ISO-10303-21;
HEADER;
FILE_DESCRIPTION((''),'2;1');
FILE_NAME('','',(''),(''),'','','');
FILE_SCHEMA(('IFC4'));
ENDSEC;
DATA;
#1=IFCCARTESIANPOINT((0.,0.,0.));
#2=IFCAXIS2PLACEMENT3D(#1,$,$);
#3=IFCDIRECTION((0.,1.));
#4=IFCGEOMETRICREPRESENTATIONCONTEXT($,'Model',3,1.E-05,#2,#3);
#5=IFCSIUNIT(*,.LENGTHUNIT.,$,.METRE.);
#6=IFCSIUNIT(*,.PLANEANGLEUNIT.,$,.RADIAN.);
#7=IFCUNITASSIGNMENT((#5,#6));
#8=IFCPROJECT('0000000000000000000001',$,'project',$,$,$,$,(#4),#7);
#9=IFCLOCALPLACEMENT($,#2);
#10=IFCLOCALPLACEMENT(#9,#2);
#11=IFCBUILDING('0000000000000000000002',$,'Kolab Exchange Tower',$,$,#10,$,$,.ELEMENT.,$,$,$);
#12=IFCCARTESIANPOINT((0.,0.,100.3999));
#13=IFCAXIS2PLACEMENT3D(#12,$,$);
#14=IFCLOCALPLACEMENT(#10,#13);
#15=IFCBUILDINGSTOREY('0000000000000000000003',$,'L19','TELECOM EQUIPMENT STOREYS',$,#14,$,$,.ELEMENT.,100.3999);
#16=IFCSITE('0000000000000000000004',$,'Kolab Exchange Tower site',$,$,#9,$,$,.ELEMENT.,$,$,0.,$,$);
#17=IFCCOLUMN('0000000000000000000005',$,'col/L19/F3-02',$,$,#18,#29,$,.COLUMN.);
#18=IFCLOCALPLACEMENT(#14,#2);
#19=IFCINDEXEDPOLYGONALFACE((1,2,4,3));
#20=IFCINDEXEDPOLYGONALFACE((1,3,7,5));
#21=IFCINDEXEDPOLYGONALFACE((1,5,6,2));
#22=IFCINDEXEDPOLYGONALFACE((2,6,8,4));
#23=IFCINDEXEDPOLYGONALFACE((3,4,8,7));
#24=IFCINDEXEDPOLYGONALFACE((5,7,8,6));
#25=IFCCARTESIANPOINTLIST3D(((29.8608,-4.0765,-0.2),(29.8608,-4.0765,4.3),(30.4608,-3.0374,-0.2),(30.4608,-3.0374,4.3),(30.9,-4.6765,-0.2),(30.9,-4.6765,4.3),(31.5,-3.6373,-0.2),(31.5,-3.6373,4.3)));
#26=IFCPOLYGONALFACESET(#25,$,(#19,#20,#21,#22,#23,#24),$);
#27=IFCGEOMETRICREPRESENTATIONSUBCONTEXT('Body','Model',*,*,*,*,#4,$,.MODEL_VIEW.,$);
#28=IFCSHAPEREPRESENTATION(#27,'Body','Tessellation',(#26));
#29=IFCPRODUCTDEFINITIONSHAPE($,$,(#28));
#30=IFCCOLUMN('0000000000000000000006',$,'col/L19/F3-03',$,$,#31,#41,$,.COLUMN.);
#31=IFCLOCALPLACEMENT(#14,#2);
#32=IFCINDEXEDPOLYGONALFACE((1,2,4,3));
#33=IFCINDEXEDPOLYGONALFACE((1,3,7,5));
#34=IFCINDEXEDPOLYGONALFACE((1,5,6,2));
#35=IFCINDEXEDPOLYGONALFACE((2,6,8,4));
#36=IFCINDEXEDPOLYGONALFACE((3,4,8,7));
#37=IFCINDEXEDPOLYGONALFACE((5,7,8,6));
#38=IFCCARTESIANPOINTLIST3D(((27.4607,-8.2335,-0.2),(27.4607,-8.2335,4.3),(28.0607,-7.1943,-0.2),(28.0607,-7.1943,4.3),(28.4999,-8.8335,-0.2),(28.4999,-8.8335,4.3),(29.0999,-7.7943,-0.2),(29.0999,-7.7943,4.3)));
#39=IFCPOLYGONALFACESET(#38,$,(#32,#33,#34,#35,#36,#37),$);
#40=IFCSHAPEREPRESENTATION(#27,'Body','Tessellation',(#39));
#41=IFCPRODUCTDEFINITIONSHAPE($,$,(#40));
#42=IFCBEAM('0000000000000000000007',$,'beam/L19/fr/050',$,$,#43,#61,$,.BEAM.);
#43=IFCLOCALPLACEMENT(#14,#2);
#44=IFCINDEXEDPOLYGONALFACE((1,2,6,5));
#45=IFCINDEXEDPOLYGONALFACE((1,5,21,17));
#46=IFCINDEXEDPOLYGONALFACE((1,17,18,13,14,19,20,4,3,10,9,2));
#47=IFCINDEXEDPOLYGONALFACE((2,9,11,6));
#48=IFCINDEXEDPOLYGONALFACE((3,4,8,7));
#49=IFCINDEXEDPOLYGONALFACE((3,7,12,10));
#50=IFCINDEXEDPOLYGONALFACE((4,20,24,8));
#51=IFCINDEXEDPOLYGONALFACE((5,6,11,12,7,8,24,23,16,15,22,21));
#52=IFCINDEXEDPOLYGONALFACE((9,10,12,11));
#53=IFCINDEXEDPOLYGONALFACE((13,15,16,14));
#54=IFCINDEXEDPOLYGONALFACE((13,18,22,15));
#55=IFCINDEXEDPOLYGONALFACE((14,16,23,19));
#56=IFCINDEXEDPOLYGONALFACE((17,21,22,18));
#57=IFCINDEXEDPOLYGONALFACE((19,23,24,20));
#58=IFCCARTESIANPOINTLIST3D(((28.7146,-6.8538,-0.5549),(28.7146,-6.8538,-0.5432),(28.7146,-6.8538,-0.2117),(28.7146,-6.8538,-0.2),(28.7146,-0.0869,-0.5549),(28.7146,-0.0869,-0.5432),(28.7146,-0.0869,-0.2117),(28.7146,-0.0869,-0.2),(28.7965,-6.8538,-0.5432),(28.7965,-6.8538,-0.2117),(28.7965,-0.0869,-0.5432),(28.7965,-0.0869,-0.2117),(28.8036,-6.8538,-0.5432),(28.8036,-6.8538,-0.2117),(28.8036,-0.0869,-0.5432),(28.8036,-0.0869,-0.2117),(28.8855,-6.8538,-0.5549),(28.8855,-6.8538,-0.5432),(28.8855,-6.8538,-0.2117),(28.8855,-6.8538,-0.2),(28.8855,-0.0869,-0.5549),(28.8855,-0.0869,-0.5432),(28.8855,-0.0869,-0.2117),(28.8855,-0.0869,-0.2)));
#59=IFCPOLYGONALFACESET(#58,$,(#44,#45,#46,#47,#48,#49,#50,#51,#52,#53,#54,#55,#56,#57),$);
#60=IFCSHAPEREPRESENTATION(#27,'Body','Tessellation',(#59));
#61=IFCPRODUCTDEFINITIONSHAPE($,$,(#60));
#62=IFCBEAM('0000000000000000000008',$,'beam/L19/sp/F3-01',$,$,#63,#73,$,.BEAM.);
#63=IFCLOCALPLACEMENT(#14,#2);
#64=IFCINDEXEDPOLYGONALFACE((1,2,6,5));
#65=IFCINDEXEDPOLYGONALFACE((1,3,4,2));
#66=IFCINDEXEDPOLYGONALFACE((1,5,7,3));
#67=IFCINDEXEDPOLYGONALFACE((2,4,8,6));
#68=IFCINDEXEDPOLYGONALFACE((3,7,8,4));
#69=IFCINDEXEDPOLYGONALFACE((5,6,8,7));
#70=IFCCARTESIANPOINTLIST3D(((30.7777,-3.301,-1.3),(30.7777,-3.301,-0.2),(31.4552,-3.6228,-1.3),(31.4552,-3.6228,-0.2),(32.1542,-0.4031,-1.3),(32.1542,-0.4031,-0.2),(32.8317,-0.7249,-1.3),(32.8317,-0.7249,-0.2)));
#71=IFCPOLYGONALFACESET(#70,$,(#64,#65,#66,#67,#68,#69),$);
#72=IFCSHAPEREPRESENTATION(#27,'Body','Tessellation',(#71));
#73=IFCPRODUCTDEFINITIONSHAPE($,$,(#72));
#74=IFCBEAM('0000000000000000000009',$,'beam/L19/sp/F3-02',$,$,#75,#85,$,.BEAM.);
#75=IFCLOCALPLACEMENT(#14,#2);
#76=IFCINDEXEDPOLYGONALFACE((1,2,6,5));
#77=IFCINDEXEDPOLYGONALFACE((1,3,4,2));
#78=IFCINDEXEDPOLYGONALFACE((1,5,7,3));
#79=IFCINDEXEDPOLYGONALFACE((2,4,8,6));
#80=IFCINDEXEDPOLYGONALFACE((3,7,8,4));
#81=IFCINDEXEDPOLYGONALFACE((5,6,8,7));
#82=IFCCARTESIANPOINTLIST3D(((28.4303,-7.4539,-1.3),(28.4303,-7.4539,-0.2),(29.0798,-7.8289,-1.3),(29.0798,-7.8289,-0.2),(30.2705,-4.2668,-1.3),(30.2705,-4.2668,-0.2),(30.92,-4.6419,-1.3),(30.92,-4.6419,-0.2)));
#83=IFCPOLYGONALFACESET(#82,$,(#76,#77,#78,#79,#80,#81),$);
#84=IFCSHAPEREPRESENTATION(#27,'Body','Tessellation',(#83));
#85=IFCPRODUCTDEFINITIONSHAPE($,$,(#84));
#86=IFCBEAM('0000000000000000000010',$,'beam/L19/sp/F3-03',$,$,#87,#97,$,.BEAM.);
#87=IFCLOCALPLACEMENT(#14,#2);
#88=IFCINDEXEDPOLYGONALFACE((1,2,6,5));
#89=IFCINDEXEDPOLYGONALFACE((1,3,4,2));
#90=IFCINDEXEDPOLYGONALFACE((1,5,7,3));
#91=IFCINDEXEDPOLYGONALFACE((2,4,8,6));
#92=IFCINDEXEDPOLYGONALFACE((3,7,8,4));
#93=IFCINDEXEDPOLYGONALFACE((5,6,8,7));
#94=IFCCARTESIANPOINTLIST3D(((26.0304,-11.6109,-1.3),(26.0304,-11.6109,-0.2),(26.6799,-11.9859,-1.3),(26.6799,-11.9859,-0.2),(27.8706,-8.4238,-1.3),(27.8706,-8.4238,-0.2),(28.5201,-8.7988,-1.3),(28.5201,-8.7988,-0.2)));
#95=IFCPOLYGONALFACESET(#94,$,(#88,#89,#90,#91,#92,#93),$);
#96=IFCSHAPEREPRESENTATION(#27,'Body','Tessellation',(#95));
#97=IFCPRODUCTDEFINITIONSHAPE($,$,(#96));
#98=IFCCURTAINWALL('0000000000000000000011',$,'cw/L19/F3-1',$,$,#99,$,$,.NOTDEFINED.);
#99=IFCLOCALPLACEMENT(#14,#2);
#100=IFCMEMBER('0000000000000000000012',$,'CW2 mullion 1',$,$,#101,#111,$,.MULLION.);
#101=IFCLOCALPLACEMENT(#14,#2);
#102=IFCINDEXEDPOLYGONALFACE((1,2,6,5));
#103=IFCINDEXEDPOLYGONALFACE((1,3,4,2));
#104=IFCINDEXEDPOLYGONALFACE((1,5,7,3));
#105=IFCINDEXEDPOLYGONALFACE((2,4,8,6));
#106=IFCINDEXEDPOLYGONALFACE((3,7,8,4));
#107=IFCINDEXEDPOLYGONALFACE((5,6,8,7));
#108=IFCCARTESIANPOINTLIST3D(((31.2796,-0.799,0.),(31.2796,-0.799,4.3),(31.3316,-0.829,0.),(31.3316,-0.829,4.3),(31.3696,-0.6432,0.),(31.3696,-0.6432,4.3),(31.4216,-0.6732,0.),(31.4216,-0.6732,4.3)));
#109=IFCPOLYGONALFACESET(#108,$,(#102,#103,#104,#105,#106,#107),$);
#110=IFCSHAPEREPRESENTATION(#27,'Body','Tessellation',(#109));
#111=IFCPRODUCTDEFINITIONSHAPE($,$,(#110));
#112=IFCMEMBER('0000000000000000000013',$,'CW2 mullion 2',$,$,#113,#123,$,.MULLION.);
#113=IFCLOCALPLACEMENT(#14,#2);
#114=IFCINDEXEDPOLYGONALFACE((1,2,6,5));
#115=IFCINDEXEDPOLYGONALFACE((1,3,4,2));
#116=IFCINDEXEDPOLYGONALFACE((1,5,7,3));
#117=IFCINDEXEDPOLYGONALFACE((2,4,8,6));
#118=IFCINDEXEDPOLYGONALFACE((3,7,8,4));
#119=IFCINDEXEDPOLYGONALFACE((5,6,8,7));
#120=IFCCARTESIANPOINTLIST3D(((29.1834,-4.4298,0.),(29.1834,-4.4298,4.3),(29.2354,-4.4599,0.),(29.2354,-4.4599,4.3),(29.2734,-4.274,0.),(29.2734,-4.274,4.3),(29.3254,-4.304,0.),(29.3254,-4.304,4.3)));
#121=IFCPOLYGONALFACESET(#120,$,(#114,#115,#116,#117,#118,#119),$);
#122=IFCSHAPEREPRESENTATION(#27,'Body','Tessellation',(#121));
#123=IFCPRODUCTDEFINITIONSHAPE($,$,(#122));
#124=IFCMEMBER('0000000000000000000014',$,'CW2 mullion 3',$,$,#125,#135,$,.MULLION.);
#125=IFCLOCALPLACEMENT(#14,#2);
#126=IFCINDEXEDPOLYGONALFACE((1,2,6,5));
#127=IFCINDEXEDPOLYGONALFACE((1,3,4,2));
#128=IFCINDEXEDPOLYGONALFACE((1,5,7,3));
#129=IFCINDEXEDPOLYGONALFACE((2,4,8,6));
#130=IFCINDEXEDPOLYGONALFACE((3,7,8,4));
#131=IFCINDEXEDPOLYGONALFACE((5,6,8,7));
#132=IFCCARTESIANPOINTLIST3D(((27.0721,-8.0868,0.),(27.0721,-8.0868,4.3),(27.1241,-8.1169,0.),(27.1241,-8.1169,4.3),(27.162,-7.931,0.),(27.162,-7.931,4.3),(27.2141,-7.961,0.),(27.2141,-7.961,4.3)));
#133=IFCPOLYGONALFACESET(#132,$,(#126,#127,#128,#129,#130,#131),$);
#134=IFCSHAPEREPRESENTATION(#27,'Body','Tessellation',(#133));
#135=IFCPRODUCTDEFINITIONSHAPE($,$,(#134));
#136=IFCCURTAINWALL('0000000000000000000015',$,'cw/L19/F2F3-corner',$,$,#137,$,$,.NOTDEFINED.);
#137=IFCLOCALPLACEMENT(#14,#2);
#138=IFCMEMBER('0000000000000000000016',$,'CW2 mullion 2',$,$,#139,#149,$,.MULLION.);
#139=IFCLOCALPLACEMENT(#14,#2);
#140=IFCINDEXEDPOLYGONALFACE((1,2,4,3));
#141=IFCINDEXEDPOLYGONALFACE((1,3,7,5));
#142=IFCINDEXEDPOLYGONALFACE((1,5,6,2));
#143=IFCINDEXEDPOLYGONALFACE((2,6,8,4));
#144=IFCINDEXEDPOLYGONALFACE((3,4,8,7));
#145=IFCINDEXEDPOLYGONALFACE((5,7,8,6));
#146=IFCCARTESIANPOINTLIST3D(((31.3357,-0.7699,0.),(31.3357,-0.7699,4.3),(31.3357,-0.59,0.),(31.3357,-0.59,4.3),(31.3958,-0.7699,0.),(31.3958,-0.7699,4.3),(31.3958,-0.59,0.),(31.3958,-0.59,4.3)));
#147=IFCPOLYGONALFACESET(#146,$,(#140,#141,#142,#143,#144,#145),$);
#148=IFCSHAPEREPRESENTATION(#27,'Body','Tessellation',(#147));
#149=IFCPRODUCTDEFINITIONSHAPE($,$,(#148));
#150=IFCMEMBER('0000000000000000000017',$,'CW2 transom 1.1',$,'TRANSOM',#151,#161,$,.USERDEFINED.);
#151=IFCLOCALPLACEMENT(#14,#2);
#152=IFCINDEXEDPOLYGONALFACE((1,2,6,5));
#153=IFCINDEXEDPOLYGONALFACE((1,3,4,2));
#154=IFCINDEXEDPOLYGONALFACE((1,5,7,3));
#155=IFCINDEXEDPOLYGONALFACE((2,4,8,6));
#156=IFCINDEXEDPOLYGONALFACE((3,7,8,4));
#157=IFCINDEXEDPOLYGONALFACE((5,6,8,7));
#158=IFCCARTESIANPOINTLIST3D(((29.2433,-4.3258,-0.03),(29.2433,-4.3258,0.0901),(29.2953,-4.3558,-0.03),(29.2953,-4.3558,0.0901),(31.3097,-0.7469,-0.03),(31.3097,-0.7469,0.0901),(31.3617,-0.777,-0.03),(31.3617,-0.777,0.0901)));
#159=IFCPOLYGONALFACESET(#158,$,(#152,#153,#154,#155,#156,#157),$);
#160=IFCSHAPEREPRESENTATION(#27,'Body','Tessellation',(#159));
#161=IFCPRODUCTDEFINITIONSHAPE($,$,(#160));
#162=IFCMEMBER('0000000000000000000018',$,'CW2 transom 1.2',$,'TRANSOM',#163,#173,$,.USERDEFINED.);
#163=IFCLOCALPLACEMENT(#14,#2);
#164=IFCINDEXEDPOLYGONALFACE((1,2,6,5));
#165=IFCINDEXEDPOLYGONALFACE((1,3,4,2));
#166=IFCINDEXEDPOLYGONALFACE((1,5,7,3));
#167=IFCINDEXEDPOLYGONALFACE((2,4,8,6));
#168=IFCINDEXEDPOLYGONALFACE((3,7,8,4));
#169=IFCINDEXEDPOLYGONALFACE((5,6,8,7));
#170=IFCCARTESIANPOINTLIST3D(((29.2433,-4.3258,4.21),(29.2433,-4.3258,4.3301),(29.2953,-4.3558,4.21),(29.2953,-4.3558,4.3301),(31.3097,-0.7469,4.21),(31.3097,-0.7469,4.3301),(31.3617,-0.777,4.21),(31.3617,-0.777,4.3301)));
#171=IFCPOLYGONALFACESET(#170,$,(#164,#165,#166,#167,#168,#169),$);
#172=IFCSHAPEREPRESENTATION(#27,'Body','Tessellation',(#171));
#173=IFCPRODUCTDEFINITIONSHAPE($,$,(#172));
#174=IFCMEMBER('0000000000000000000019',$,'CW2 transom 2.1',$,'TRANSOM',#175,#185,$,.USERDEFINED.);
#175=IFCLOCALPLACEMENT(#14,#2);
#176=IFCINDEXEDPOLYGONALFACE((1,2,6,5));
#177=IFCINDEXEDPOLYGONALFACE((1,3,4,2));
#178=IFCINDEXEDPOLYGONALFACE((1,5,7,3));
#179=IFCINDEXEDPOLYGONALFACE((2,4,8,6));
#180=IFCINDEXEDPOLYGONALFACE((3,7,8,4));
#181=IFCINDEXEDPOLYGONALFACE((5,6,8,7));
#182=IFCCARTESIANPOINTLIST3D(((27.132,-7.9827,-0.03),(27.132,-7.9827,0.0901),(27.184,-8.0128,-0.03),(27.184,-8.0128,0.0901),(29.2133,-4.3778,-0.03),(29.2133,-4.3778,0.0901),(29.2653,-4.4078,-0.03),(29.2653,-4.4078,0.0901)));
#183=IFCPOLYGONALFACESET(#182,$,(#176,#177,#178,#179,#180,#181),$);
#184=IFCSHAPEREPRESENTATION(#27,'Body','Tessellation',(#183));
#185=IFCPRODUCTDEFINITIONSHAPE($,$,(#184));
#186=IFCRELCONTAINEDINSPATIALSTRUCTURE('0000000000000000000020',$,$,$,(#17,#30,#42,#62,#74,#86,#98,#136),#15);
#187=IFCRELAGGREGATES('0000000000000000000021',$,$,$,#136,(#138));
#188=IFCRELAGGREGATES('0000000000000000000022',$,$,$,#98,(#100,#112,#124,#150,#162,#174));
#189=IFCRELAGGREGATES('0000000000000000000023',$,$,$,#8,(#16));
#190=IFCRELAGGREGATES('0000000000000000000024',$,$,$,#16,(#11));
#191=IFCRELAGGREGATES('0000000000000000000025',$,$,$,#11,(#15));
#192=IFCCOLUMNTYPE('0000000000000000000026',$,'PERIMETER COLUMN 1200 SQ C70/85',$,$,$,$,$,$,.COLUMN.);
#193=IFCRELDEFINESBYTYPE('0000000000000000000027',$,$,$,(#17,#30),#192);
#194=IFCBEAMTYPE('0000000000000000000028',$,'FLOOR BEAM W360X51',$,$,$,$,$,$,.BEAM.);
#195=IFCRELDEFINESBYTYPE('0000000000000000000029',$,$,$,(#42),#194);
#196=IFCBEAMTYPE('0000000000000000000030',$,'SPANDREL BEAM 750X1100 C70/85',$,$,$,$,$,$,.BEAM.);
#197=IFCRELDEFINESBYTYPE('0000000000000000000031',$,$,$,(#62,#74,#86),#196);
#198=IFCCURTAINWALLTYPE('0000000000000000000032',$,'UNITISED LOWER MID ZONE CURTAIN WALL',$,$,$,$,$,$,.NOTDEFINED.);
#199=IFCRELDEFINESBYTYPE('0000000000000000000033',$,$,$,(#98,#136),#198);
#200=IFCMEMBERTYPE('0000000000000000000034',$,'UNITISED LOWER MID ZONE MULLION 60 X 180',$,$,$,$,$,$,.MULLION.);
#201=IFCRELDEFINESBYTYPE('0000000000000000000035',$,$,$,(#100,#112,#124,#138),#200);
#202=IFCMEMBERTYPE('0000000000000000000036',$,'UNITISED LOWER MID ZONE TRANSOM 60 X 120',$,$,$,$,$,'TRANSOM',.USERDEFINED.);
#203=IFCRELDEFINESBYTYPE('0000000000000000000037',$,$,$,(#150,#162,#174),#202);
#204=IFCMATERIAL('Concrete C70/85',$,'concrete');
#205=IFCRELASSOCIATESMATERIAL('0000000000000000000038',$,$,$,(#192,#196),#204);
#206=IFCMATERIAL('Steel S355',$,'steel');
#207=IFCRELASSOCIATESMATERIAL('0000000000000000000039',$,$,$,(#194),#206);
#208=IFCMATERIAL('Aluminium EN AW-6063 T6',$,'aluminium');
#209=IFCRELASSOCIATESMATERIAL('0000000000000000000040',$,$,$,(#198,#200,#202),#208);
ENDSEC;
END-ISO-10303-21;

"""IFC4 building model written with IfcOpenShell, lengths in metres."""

from ifc_helpers import new_model, si_unit, direction, frame, origin, origin_2d, place, context, subcontext, project, spatial, rectangle, i_section, extrude, material, material_profile, profile_set, type_object, element, aggregate, save


model = new_model("IFC4")

# Units and contexts
model_context = context("Model", 3, precision=1e-05, world=origin(), true_north=direction((0.0, 1.0)))
body_context = subcontext(model_context, "Body", "Model", "MODEL_VIEW")
ifc_project = project(units=[si_unit("LENGTHUNIT", "METRE"), si_unit("PLANEANGLEUNIT", "RADIAN")], contexts=[model_context])

# Site, building, storey
site_placement = place(None, origin())
site = spatial("IfcSite", under=ifc_project, at=site_placement, Name="Kolab Exchange Tower site", CompositionType="ELEMENT", RefElevation=0.0)
building_placement = place(site_placement, origin())
building = spatial("IfcBuilding", under=site, at=building_placement, Name="Kolab Exchange Tower", CompositionType="ELEMENT")
storey_placement = place(building_placement, frame((0.0, 0.0, 100.3999)))
storey = spatial("IfcBuildingStorey", under=building, at=storey_placement, Name="L19", Description="TELECOM EQUIPMENT STOREYS", CompositionType="ELEMENT", Elevation=100.3999)

# Columns
ifc_material_1 = material(Name="Concrete C70/85", Category="concrete")
ifc_material_profile_1 = material_profile(ifc_material_1, rectangle(XDim=1.2, YDim=1.2, at=origin_2d()), Name="RC1200")
ifc_profile_set_1 = profile_set([ifc_material_profile_1], Name="Concrete C70/85")
column_type = type_object("IfcColumnType", Name="PERIMETER COLUMN 1200 SQ C70/85", PredefinedType="COLUMN", material=ifc_profile_set_1)
for number, where, z_axis, x_axis, name in (
    (1, (30.6804, -3.8569, -0.2), (0.0, 0.0, 1.0), (0.5, 0.866025, 0.0), "col/L19/F3-02"),
    (2, (28.2803, -8.0139, -0.2), (0.0, 0.0, 1.0), (0.5, 0.866025, 0.0), "col/L19/F3-03"),
):
    element("IfcColumn", number, at=place(storey_placement, frame(where, z_axis=z_axis, x_axis=x_axis)), inside=storey, type_object=column_type, Name=name, PredefinedType="COLUMN", context=body_context, shape_type="SweptSolid", body=[
        extrude(rectangle(XDim=1.2, YDim=1.2, at=origin_2d()), origin(), (0.0, 0.0, 1.0), 4.5),
    ])

# Beams
ifc_material_2 = material(Name="Steel S355", Category="steel")
ifc_material_profile_2 = material_profile(ifc_material_2, i_section(OverallWidth=0.1709, OverallDepth=0.355, WebThickness=0.0071, FlangeThickness=0.0117, at=origin_2d()), Name="W360X51")
ifc_profile_set_2 = profile_set([ifc_material_profile_2], Name="Steel S355")
beam_type_1 = type_object("IfcBeamType", Name="FLOOR BEAM W360X51", PredefinedType="BEAM", material=ifc_profile_set_2)
beam_1_placement = place(storey_placement, frame((28.8, -6.8538, -0.3774), z_axis=(0.0, 1.0, 0.0), x_axis=(-1.0, 0.0, 0.0)))
element("IfcBeam", 3, at=beam_1_placement, inside=storey, type_object=beam_type_1, Name="beam/L19/fr/050", PredefinedType="BEAM", context=body_context, shape_type="SweptSolid", body=[
    extrude(i_section(OverallWidth=0.1709, OverallDepth=0.355, WebThickness=0.0071, FlangeThickness=0.0117, at=origin_2d()), origin(), (0.0, 0.0, 1.0), 6.7668),
])
ifc_material_profile_3 = material_profile(ifc_material_1, rectangle(XDim=0.75, YDim=1.1001, at=origin_2d()), Name="RC750X1100")
ifc_profile_set_3 = profile_set([ifc_material_profile_3], Name="Concrete C70/85")
beam_type_2 = type_object("IfcBeamType", Name="SPANDREL BEAM 750X1100 C70/85", PredefinedType="BEAM", material=ifc_profile_set_3)
beam_2_placement = place(storey_placement, frame((32.4929, -0.564, -0.75), z_axis=(-0.429041, -0.903285, 0.0), x_axis=(0.903285, -0.429041, 0.0)))
element("IfcBeam", 4, at=beam_2_placement, inside=storey, type_object=beam_type_2, Name="beam/L19/sp/F3-01", PredefinedType="BEAM", context=body_context, shape_type="SweptSolid", body=[
    extrude(rectangle(XDim=0.75, YDim=1.1001, at=origin_2d()), origin(), (0.0, 0.0, 1.0), 3.2083),
])
for number, where, z_axis, x_axis, name in (
    (5, (30.5952, -4.4543, -0.75), (-0.500013, -0.866018, 0.0), (0.866018, -0.500013, 0.0), "beam/L19/sp/F3-02"),
    (6, (28.1953, -8.6113, -0.75), (-0.500013, -0.866018, 0.0), (0.866018, -0.500013, 0.0), "beam/L19/sp/F3-03"),
):
    element("IfcBeam", number, at=place(storey_placement, frame(where, z_axis=z_axis, x_axis=x_axis)), inside=storey, type_object=beam_type_2, Name=name, PredefinedType="BEAM", context=body_context, shape_type="SweptSolid", body=[
        extrude(rectangle(XDim=0.75, YDim=1.1001, at=origin_2d()), origin(), (0.0, 0.0, 1.0), 3.6802),
    ])

# Curtain wall, members
ifc_material_3 = material(Name="Aluminium EN AW-6063 T6", Category="aluminium")
curtain_wall_type = type_object("IfcCurtainWallType", Name="UNITISED LOWER MID ZONE CURTAIN WALL", PredefinedType="NOTDEFINED", material=ifc_material_3)
curtain_wall_1_placement = place(storey_placement, origin())
curtain_wall_1 = element("IfcCurtainWall", 7, at=curtain_wall_1_placement, inside=storey, type_object=curtain_wall_type, Name="cw/L19/F3-1", PredefinedType="NOTDEFINED")
ifc_material_profile_4 = material_profile(ifc_material_3, rectangle(XDim=0.0601, YDim=0.1799, at=origin_2d()), Name="RECT 60X180")
ifc_profile_set_4 = profile_set([ifc_material_profile_4], Name="Aluminium EN AW-6063 T6")
member_type_1 = type_object("IfcMemberType", Name="UNITISED LOWER MID ZONE MULLION 60 X 180", PredefinedType="MULLION", material=ifc_profile_set_4)
member_1_placement = place(storey_placement, frame((31.3506, -0.7361, 0.0), z_axis=(0.0, 0.0, 1.0), x_axis=(0.866025, -0.5, 0.0)))
member_1 = element("IfcMember", 8, at=member_1_placement, type_object=member_type_1, Name="CW2 mullion 1", PredefinedType="MULLION", context=body_context, shape_type="SweptSolid", body=[
    extrude(rectangle(XDim=0.0601, YDim=0.1799, at=origin_2d()), origin(), (0.0, 0.0, 1.0), 4.3),
])
member_2_placement = place(storey_placement, frame((29.2544, -4.3669, 0.0), z_axis=(0.0, 0.0, 1.0), x_axis=(0.866025, -0.5, 0.0)))
member_2 = element("IfcMember", 9, at=member_2_placement, type_object=member_type_1, Name="CW2 mullion 2", PredefinedType="MULLION", context=body_context, shape_type="SweptSolid", body=[
    extrude(rectangle(XDim=0.0601, YDim=0.1799, at=origin_2d()), origin(), (0.0, 0.0, 1.0), 4.3),
])
member_3_placement = place(storey_placement, frame((27.1431, -8.0239, 0.0), z_axis=(0.0, 0.0, 1.0), x_axis=(0.866025, -0.5, 0.0)))
member_3 = element("IfcMember", 10, at=member_3_placement, type_object=member_type_1, Name="CW2 mullion 3", PredefinedType="MULLION", context=body_context, shape_type="SweptSolid", body=[
    extrude(rectangle(XDim=0.0601, YDim=0.1799, at=origin_2d()), origin(), (0.0, 0.0, 1.0), 4.3),
])

# Curtain wall, member
curtain_wall_2_placement = place(storey_placement, origin())
curtain_wall_2 = element("IfcCurtainWall", 11, at=curtain_wall_2_placement, inside=storey, type_object=curtain_wall_type, Name="cw/L19/F2F3-corner", PredefinedType="NOTDEFINED")
member_4_placement = place(storey_placement, frame((31.3657, -0.6799, 0.0), z_axis=(0.0, 0.0, 1.0), x_axis=(1.0, 0.0, 0.0)))
member_4 = element("IfcMember", 12, at=member_4_placement, type_object=member_type_1, Name="CW2 mullion 2", PredefinedType="MULLION", context=body_context, shape_type="SweptSolid", body=[
    extrude(rectangle(XDim=0.0601, YDim=0.1799, at=origin_2d()), origin(), (0.0, 0.0, 1.0), 4.3),
])
aggregate(curtain_wall_2, [member_4])

# Members
ifc_material_profile_5 = material_profile(ifc_material_3, rectangle(XDim=0.0601, YDim=0.1201, at=origin_2d()), Name="RECT 60X120")
ifc_profile_set_5 = profile_set([ifc_material_profile_5], Name="Aluminium EN AW-6063 T6")
member_type_2 = type_object("IfcMemberType", Name="UNITISED LOWER MID ZONE TRANSOM 60 X 120", ElementType="TRANSOM", PredefinedType="USERDEFINED", material=ifc_profile_set_5)
member_5_placement = place(storey_placement, frame((31.3357, -0.762, 0.03), z_axis=(-0.500028, -0.866009, 0.0), x_axis=(0.866009, -0.500028, 0.0)))
member_5 = element("IfcMember", 13, at=member_5_placement, type_object=member_type_2, Name="CW2 transom 1.1", ObjectType="TRANSOM", PredefinedType="USERDEFINED", context=body_context, shape_type="SweptSolid", body=[
    extrude(rectangle(XDim=0.0601, YDim=0.1201, at=origin_2d()), origin(), (0.0, 0.0, 1.0), 4.1326),
])
member_6_placement = place(storey_placement, frame((31.3357, -0.762, 4.27), z_axis=(-0.500028, -0.866009, 0.0), x_axis=(0.866009, -0.500028, 0.0)))
member_6 = element("IfcMember", 14, at=member_6_placement, type_object=member_type_2, Name="CW2 transom 1.2", ObjectType="TRANSOM", PredefinedType="USERDEFINED", context=body_context, shape_type="SweptSolid", body=[
    extrude(rectangle(XDim=0.0601, YDim=0.1201, at=origin_2d()), origin(), (0.0, 0.0, 1.0), 4.1326),
])
member_7_placement = place(storey_placement, frame((29.2393, -4.3928, 0.03), z_axis=(-0.499993, -0.866029, 0.0), x_axis=(0.866029, -0.499993, 0.0)))
member_7 = element("IfcMember", 15, at=member_7_placement, type_object=member_type_2, Name="CW2 transom 2.1", ObjectType="TRANSOM", PredefinedType="USERDEFINED", context=body_context, shape_type="SweptSolid", body=[
    extrude(rectangle(XDim=0.0601, YDim=0.1201, at=origin_2d()), origin(), (0.0, 0.0, 1.0), 4.1626),
])

aggregate(curtain_wall_1, [member_1, member_2, member_3, member_5, member_6, member_7])

save(model, "model.ifc")
